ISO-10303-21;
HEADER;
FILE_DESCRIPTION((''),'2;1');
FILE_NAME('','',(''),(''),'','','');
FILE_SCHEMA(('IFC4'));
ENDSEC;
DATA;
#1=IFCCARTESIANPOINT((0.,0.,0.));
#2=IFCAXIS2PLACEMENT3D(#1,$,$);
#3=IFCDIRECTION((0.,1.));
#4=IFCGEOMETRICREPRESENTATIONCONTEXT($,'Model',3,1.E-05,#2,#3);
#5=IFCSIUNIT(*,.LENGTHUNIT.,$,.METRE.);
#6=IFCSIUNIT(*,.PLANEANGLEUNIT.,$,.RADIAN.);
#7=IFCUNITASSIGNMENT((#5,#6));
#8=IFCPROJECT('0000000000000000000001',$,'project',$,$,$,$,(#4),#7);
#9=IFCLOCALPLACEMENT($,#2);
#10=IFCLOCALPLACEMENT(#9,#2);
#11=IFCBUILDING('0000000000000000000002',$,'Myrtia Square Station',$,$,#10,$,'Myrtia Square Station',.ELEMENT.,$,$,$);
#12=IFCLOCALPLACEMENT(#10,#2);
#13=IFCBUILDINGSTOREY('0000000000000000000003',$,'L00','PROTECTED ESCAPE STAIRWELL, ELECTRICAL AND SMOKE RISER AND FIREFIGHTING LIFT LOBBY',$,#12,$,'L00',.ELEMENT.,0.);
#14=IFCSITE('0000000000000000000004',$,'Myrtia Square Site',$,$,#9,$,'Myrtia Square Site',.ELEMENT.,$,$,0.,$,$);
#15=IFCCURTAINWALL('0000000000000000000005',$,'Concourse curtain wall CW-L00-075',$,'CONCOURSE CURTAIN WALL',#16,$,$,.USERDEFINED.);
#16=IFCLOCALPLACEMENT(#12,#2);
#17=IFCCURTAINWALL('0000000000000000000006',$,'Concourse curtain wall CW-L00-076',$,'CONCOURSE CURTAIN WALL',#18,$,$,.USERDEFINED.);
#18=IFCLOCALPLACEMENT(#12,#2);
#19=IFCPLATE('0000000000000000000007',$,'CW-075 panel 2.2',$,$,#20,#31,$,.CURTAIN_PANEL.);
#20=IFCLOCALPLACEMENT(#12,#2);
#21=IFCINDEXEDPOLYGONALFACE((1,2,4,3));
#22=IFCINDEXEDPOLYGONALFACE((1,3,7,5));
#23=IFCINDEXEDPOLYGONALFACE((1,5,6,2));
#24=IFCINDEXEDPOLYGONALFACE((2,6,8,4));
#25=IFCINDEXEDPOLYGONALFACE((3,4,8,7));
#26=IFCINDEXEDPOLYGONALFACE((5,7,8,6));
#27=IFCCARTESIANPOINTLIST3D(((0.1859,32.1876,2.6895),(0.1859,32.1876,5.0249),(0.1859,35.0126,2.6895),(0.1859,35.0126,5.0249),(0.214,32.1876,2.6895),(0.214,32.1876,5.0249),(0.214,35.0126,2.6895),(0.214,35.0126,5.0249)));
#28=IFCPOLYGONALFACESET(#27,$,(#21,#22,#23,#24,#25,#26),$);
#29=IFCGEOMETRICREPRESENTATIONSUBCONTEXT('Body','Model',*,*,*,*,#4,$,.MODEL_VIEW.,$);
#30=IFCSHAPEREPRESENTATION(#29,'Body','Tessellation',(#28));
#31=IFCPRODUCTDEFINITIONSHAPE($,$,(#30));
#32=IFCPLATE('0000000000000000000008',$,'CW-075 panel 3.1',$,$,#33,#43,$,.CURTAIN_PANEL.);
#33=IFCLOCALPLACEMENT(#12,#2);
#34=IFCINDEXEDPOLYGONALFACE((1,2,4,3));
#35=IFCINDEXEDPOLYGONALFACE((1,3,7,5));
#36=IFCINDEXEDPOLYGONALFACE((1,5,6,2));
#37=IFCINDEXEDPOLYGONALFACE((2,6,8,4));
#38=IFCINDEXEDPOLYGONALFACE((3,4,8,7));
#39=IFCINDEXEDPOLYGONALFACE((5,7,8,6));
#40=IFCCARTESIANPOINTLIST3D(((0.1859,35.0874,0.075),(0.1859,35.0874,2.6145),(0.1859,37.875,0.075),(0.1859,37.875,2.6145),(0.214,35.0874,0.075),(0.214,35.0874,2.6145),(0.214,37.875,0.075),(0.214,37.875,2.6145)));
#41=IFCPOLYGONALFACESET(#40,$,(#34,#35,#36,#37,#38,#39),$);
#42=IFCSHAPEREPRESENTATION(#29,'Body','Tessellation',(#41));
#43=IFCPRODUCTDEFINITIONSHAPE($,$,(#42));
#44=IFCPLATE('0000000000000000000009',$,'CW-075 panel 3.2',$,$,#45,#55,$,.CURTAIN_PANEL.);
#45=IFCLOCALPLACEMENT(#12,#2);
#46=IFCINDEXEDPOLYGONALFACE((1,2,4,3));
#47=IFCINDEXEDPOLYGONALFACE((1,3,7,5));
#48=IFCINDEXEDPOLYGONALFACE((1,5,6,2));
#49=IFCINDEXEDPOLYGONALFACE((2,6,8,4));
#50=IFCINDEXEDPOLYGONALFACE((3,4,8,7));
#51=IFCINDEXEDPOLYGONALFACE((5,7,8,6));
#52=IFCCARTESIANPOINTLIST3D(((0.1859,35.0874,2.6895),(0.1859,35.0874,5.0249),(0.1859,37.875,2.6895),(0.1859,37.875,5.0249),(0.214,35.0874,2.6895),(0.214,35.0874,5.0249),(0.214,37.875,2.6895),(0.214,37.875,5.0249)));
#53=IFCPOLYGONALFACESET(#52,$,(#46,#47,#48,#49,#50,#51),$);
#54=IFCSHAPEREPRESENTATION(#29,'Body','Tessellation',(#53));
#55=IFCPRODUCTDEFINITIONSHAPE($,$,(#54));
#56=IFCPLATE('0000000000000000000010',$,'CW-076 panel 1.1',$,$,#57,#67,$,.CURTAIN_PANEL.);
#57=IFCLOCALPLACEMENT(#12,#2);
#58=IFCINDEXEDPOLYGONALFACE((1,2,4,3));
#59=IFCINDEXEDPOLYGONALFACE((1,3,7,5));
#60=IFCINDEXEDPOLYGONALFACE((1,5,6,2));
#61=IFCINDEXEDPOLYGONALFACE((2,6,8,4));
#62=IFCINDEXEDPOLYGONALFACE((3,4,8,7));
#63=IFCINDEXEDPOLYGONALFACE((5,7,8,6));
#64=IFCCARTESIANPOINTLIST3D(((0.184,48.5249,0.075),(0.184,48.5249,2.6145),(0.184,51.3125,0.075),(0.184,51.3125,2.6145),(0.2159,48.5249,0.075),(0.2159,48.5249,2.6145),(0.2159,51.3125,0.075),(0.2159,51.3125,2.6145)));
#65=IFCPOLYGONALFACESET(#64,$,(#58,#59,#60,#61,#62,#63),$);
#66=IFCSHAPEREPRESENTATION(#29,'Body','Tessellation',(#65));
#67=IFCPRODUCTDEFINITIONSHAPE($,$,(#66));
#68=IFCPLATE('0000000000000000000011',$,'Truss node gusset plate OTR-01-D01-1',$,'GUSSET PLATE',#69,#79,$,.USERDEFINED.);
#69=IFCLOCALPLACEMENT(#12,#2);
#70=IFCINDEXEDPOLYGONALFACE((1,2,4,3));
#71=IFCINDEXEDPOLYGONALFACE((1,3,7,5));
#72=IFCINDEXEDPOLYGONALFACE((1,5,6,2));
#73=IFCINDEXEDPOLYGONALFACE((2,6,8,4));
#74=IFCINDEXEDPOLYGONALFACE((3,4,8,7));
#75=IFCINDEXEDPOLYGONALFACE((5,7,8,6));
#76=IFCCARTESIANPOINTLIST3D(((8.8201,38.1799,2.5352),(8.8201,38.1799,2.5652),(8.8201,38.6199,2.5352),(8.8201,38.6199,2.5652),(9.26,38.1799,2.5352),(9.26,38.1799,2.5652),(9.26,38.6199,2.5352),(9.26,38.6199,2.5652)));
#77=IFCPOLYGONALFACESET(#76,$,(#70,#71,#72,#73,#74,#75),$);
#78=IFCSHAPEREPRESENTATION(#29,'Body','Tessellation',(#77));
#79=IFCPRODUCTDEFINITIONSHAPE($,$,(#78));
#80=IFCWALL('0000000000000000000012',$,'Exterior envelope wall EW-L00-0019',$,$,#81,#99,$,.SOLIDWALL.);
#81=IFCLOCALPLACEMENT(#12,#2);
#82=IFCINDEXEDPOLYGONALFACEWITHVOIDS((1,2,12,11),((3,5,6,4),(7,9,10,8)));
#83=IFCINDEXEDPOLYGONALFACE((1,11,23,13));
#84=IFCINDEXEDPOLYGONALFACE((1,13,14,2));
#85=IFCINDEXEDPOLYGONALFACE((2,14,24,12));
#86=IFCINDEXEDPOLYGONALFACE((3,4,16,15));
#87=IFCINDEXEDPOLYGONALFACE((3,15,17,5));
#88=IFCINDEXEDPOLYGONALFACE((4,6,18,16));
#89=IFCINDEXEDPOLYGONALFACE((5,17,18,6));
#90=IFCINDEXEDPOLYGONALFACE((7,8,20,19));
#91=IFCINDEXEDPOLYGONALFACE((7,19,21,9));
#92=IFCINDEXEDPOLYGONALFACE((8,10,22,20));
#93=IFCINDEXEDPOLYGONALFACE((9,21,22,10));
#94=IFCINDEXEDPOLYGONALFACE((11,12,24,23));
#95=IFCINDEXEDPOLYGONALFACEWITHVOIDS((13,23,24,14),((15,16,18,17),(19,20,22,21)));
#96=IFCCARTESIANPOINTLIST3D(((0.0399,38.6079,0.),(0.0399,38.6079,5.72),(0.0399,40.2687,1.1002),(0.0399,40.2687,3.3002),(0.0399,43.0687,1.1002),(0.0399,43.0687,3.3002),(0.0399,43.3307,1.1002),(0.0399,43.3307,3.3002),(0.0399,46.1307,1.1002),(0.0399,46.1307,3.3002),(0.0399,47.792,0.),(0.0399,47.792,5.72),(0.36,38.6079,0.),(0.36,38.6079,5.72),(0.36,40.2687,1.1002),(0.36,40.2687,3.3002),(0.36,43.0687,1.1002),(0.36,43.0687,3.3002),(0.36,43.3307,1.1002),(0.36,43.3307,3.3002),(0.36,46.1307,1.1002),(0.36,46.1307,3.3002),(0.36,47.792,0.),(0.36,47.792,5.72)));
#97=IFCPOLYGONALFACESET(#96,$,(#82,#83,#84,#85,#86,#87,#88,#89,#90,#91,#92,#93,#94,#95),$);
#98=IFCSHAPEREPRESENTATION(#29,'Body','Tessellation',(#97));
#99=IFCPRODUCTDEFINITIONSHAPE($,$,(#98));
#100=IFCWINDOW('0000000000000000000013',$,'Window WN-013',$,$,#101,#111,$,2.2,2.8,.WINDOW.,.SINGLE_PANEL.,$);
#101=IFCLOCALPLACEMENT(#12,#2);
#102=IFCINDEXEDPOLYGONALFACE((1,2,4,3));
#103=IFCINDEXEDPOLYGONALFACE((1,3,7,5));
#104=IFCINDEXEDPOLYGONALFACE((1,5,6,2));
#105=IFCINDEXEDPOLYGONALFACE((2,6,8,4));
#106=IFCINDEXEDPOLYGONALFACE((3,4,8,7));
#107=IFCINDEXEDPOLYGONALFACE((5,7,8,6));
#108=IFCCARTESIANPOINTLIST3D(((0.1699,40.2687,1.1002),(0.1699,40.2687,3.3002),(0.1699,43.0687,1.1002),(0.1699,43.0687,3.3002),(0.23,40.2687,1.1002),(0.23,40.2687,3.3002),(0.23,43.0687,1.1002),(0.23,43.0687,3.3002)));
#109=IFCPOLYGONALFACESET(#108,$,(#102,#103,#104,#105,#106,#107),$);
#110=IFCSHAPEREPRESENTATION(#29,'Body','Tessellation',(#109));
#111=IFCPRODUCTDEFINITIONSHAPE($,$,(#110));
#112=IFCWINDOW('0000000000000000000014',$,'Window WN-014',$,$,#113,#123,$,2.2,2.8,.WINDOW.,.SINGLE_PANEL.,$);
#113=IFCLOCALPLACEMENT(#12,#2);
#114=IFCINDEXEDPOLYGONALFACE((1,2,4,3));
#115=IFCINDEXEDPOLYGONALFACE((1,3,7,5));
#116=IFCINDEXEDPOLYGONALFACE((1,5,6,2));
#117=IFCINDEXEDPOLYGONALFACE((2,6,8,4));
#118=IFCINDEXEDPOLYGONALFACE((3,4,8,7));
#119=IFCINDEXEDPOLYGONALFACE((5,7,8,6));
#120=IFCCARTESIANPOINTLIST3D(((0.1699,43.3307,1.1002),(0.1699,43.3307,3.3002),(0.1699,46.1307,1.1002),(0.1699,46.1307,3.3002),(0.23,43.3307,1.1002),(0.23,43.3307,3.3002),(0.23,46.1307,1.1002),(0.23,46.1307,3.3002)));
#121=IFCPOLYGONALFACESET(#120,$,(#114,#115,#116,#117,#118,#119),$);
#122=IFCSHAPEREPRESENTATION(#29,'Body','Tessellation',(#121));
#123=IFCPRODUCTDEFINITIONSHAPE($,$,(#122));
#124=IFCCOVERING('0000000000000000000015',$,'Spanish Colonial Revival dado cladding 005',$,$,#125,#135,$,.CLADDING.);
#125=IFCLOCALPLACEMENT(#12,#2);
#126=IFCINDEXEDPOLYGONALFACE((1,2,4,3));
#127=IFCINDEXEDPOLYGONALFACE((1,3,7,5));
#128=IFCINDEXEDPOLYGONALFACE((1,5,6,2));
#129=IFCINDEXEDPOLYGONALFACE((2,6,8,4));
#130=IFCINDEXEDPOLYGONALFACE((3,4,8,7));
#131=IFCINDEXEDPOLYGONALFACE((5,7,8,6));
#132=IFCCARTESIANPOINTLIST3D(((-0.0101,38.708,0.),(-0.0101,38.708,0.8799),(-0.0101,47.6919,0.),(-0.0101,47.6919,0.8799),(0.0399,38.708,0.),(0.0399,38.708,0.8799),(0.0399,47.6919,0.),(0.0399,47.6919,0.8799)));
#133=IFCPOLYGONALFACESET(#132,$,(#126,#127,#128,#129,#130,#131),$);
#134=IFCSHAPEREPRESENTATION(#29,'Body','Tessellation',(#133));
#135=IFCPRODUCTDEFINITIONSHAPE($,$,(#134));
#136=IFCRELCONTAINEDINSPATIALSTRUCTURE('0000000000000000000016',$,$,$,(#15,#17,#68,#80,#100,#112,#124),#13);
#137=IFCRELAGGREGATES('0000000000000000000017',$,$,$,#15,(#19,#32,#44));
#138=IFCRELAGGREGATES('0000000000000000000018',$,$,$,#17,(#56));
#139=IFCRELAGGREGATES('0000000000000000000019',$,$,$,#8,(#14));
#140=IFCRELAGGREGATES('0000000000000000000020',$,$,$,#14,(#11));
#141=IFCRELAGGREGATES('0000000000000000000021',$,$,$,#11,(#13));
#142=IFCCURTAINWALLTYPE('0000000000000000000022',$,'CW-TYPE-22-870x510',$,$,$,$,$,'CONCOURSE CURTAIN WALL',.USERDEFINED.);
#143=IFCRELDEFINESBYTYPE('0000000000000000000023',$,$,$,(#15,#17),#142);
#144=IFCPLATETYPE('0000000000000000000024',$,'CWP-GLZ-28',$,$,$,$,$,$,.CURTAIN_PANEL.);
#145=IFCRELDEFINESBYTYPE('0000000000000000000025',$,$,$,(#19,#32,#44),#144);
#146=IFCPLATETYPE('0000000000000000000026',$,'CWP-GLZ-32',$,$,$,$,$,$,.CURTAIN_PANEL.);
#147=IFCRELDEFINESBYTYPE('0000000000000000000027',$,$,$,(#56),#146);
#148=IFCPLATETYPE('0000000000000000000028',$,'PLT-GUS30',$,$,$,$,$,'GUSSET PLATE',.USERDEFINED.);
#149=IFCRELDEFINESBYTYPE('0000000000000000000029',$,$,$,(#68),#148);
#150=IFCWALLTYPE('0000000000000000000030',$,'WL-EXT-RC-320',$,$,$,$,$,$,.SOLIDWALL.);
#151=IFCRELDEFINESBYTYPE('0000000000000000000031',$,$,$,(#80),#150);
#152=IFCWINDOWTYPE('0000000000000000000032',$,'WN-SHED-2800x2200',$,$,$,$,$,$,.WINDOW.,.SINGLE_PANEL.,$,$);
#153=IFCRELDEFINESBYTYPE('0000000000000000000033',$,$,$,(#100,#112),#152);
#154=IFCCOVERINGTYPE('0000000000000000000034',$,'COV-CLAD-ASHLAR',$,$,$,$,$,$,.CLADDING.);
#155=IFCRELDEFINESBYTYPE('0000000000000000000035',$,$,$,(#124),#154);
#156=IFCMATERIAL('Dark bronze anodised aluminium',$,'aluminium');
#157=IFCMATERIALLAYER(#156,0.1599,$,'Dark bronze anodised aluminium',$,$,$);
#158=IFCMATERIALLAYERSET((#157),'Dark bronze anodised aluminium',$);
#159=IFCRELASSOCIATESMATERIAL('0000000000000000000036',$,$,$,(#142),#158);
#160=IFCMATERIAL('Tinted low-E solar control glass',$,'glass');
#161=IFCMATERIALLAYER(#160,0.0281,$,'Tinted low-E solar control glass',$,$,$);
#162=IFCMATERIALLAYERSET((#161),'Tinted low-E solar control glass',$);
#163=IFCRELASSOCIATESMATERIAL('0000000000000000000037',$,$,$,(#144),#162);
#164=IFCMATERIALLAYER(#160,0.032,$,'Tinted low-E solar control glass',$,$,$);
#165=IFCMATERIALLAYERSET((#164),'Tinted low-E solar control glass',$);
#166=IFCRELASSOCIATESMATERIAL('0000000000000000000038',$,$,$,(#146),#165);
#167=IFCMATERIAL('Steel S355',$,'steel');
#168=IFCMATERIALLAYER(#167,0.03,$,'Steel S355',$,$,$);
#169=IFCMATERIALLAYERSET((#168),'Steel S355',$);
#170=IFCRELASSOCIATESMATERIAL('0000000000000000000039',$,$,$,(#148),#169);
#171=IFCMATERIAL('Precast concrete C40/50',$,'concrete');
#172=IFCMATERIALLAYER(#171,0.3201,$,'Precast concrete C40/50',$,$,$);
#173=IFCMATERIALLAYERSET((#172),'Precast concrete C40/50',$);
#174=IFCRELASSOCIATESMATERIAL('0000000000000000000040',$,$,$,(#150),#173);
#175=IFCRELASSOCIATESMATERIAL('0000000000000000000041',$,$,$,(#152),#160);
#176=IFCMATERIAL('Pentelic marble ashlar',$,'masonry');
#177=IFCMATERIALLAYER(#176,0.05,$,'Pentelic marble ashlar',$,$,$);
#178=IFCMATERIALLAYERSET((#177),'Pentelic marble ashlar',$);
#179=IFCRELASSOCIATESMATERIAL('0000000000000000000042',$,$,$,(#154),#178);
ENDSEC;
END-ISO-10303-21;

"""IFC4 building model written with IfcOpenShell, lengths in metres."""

from ifc_helpers import new_model, si_unit, direction, frame, frame_2d, origin, origin_2d, place, context, subcontext, project, spatial, rectangle, extrude, material, layer, layer_set, type_object, element, fill, aggregate, save


model = new_model("IFC4")

# Units and contexts
model_context = context("Model", 3, precision=1e-05, world=origin(), true_north=direction((0.0, 1.0)))
body_context = subcontext(model_context, "Body", "Model", "MODEL_VIEW")
ifc_project = project(units=[si_unit("LENGTHUNIT", "METRE"), si_unit("PLANEANGLEUNIT", "RADIAN")], contexts=[model_context])

# Site, building, storey
site_placement = place(None, origin())
site = spatial("IfcSite", under=ifc_project, at=site_placement, Name="Myrtia Square Site", LongName="Myrtia Square Site", CompositionType="ELEMENT", RefElevation=0.0)
building_placement = place(site_placement, origin())
building = spatial("IfcBuilding", under=site, at=building_placement, Name="Myrtia Square Station", LongName="Myrtia Square Station", CompositionType="ELEMENT")
storey_placement = place(building_placement, origin())
storey = spatial("IfcBuildingStorey", under=building, at=storey_placement, Name="L00", Description="PROTECTED ESCAPE STAIRWELL, ELECTRICAL AND SMOKE RISER AND FIREFIGHTING LIFT LOBBY", LongName="L00", CompositionType="ELEMENT", Elevation=0.0)

# Shared definitions
ifc_material_1 = material(Name="Steel S355", Category="steel")

# Curtain wall
ifc_material_2 = material(Name="Dark bronze anodised aluminium", Category="aluminium")
ifc_layer_1 = layer(ifc_material_2, 0.1599, Name="Dark bronze anodised aluminium")
ifc_layer_set_1 = layer_set([ifc_layer_1], Name="Dark bronze anodised aluminium")
curtain_wall_type = type_object("IfcCurtainWallType", Name="CW-TYPE-22-870x510", ElementType="CONCOURSE CURTAIN WALL", PredefinedType="USERDEFINED", material=ifc_layer_set_1)
curtain_wall_1_placement = place(storey_placement, origin())
curtain_wall_1 = element("IfcCurtainWall", 1, at=curtain_wall_1_placement, inside=storey, type_object=curtain_wall_type, Name="Concourse curtain wall CW-L00-075", ObjectType="CONCOURSE CURTAIN WALL", PredefinedType="USERDEFINED")

# Curtain wall
curtain_wall_2_placement = place(storey_placement, origin())
curtain_wall_2 = element("IfcCurtainWall", 2, at=curtain_wall_2_placement, inside=storey, type_object=curtain_wall_type, Name="Concourse curtain wall CW-L00-076", ObjectType="CONCOURSE CURTAIN WALL", PredefinedType="USERDEFINED")

# Plates
ifc_material_3 = material(Name="Tinted low-E solar control glass", Category="glass")
ifc_layer_2 = layer(ifc_material_3, 0.0281, Name="Tinted low-E solar control glass")
ifc_layer_set_2 = layer_set([ifc_layer_2], Name="Tinted low-E solar control glass")
plate_type_1 = type_object("IfcPlateType", Name="CWP-GLZ-28", PredefinedType="CURTAIN_PANEL", material=ifc_layer_set_2)
plate_1_placement = place(storey_placement, frame((0.2, 33.6001, 2.6895), z_axis=(0.0, 0.0, 1.0), x_axis=(0.0, 1.0, 0.0)))
plate_1 = element("IfcPlate", 3, at=plate_1_placement, type_object=plate_type_1, Name="CW-075 panel 2.2", PredefinedType="CURTAIN_PANEL", context=body_context, shape_type="SweptSolid", body=[
    extrude(rectangle(XDim=2.825, YDim=0.0281, at=origin_2d()), origin(), (0.0, 0.0, 1.0), 2.3354),
])
plate_2_placement = place(storey_placement, frame((0.2, 36.4812, 0.075), z_axis=(0.0, 0.0, 1.0), x_axis=(0.0, 1.0, 0.0)))
plate_2 = element("IfcPlate", 4, at=plate_2_placement, type_object=plate_type_1, Name="CW-075 panel 3.1", PredefinedType="CURTAIN_PANEL", context=body_context, shape_type="SweptSolid", body=[
    extrude(rectangle(XDim=2.7876, YDim=0.0281, at=origin_2d()), origin(), (0.0, 0.0, 1.0), 2.5396),
])
plate_3_placement = place(storey_placement, frame((0.2, 36.4812, 2.6895), z_axis=(0.0, 0.0, 1.0), x_axis=(0.0, 1.0, 0.0)))
plate_3 = element("IfcPlate", 5, at=plate_3_placement, type_object=plate_type_1, Name="CW-075 panel 3.2", PredefinedType="CURTAIN_PANEL", context=body_context, shape_type="SweptSolid", body=[
    extrude(rectangle(XDim=2.7876, YDim=0.0281, at=origin_2d()), origin(), (0.0, 0.0, 1.0), 2.3354),
])
aggregate(curtain_wall_1, [plate_1, plate_2, plate_3])
ifc_layer_3 = layer(ifc_material_3, 0.032, Name="Tinted low-E solar control glass")
ifc_layer_set_3 = layer_set([ifc_layer_3], Name="Tinted low-E solar control glass")
plate_type_2 = type_object("IfcPlateType", Name="CWP-GLZ-32", PredefinedType="CURTAIN_PANEL", material=ifc_layer_set_3)
plate_4_placement = place(storey_placement, frame((0.2, 49.9187, 0.075), z_axis=(0.0, 0.0, 1.0), x_axis=(0.0, 1.0, 0.0)))
plate_4 = element("IfcPlate", 6, at=plate_4_placement, type_object=plate_type_2, Name="CW-076 panel 1.1", PredefinedType="CURTAIN_PANEL", context=body_context, shape_type="SweptSolid", body=[
    extrude(rectangle(XDim=2.7876, YDim=0.032, at=origin_2d()), origin(), (0.0, 0.0, 1.0), 2.5396),
])
aggregate(curtain_wall_2, [plate_4])
ifc_layer_4 = layer(ifc_material_1, 0.03, Name="Steel S355")
ifc_layer_set_4 = layer_set([ifc_layer_4], Name="Steel S355")
plate_type_3 = type_object("IfcPlateType", Name="PLT-GUS30", ElementType="GUSSET PLATE", PredefinedType="USERDEFINED", material=ifc_layer_set_4)
plate_5_placement = place(storey_placement, frame((9.04, 38.3999, 2.5352), z_axis=(0.0, 0.0, 1.0), x_axis=(1.0, 0.0, 0.0)))
element("IfcPlate", 7, at=plate_5_placement, inside=storey, type_object=plate_type_3, Name="Truss node gusset plate OTR-01-D01-1", ObjectType="GUSSET PLATE", PredefinedType="USERDEFINED", context=body_context, shape_type="SweptSolid", body=[
    extrude(rectangle(XDim=0.4399, YDim=0.4399, at=origin_2d()), origin(), (0.0, 0.0, 1.0), 0.03),
])

# Wall, openings, windows
ifc_material_4 = material(Name="Precast concrete C40/50", Category="concrete")
ifc_layer_5 = layer(ifc_material_4, 0.3201, Name="Precast concrete C40/50")
ifc_layer_set_5 = layer_set([ifc_layer_5], Name="Precast concrete C40/50")
wall_type = type_object("IfcWallType", Name="WL-EXT-RC-320", PredefinedType="SOLIDWALL", material=ifc_layer_set_5)
wall_placement = place(storey_placement, frame((0.2, 38.6079, 0.0), z_axis=(0.0, 0.0, 1.0), x_axis=(0.0, 1.0, 0.0)))
wall = element("IfcWall", 8, at=wall_placement, inside=storey, type_object=wall_type, Name="Exterior envelope wall EW-L00-0019", PredefinedType="SOLIDWALL", context=body_context, shape_type="SweptSolid", body=[
    extrude(rectangle(XDim=9.1841, YDim=0.3201, at=frame_2d((4.592, 0.0))), origin(), (0.0, 0.0, 1.0), 5.72),
])
opening_1_placement = place(wall_placement, frame((1.6609, 0.0, 1.1001)))
opening_1 = element("IfcOpeningElement", 9, at=opening_1_placement, cuts=wall, PredefinedType="OPENING", context=body_context, shape_type="SweptSolid", body=[
    extrude(rectangle(XDim=2.8, YDim=2.2, at=frame_2d((1.3999, 1.1001))), frame((0.0, 0.175, 0.0), z_axis=(0.0, -1.0, 0.0), x_axis=(1.0, 0.0, 0.0)), (0.0, 0.0, 1.0), 0.3501),
])
opening_2_placement = place(wall_placement, frame((4.7229, 0.0, 1.1001)))
opening_2 = element("IfcOpeningElement", 10, at=opening_2_placement, cuts=wall, PredefinedType="OPENING", context=body_context, shape_type="SweptSolid", body=[
    extrude(rectangle(XDim=2.8, YDim=2.2, at=frame_2d((1.3999, 1.1001))), frame((0.0, 0.175, 0.0), z_axis=(0.0, -1.0, 0.0), x_axis=(1.0, 0.0, 0.0)), (0.0, 0.0, 1.0), 0.3501),
])
window_type = type_object("IfcWindowType", Name="WN-SHED-2800x2200", PartitioningType="SINGLE_PANEL", PredefinedType="WINDOW", material=ifc_material_3)
window_1_placement = place(opening_1_placement, origin())
window_1 = element("IfcWindow", 11, at=window_1_placement, inside=storey, type_object=window_type, Name="Window WN-013", OverallHeight=2.2, OverallWidth=2.8, PartitioningType="SINGLE_PANEL", PredefinedType="WINDOW", context=body_context, shape_type="SweptSolid", body=[
    extrude(rectangle(XDim=2.8, YDim=2.2, at=frame_2d((1.3999, 1.1001))), frame((0.0, 0.03, 0.0), z_axis=(0.0, -1.0, 0.0), x_axis=(1.0, 0.0, 0.0)), (0.0, 0.0, 1.0), 0.0601),
])
fill(opening_1, window_1)
window_2_placement = place(opening_2_placement, origin())
window_2 = element("IfcWindow", 12, at=window_2_placement, inside=storey, type_object=window_type, Name="Window WN-014", OverallHeight=2.2, OverallWidth=2.8, PartitioningType="SINGLE_PANEL", PredefinedType="WINDOW", context=body_context, shape_type="SweptSolid", body=[
    extrude(rectangle(XDim=2.8, YDim=2.2, at=frame_2d((1.3999, 1.1001))), frame((0.0, 0.03, 0.0), z_axis=(0.0, -1.0, 0.0), x_axis=(1.0, 0.0, 0.0)), (0.0, 0.0, 1.0), 0.0601),
])
fill(opening_2, window_2)

# Covering
ifc_material_5 = material(Name="Pentelic marble ashlar", Category="masonry")
ifc_layer_6 = layer(ifc_material_5, 0.05, Name="Pentelic marble ashlar")
ifc_layer_set_6 = layer_set([ifc_layer_6], Name="Pentelic marble ashlar")
covering_type = type_object("IfcCoveringType", Name="COV-CLAD-ASHLAR", PredefinedType="CLADDING", material=ifc_layer_set_6)
covering_placement = place(storey_placement, frame((0.0149, 43.2, 0.0), z_axis=(0.0, 0.0, 1.0), x_axis=(0.0, 1.0, 0.0)))
element("IfcCovering", 13, at=covering_placement, inside=storey, type_object=covering_type, Name="Spanish Colonial Revival dado cladding 005", PredefinedType="CLADDING", context=body_context, shape_type="SweptSolid", body=[
    extrude(rectangle(XDim=8.9839, YDim=0.05, at=origin_2d()), origin(), (0.0, 0.0, 1.0), 0.8799),
])

save(model, "model.ifc")
